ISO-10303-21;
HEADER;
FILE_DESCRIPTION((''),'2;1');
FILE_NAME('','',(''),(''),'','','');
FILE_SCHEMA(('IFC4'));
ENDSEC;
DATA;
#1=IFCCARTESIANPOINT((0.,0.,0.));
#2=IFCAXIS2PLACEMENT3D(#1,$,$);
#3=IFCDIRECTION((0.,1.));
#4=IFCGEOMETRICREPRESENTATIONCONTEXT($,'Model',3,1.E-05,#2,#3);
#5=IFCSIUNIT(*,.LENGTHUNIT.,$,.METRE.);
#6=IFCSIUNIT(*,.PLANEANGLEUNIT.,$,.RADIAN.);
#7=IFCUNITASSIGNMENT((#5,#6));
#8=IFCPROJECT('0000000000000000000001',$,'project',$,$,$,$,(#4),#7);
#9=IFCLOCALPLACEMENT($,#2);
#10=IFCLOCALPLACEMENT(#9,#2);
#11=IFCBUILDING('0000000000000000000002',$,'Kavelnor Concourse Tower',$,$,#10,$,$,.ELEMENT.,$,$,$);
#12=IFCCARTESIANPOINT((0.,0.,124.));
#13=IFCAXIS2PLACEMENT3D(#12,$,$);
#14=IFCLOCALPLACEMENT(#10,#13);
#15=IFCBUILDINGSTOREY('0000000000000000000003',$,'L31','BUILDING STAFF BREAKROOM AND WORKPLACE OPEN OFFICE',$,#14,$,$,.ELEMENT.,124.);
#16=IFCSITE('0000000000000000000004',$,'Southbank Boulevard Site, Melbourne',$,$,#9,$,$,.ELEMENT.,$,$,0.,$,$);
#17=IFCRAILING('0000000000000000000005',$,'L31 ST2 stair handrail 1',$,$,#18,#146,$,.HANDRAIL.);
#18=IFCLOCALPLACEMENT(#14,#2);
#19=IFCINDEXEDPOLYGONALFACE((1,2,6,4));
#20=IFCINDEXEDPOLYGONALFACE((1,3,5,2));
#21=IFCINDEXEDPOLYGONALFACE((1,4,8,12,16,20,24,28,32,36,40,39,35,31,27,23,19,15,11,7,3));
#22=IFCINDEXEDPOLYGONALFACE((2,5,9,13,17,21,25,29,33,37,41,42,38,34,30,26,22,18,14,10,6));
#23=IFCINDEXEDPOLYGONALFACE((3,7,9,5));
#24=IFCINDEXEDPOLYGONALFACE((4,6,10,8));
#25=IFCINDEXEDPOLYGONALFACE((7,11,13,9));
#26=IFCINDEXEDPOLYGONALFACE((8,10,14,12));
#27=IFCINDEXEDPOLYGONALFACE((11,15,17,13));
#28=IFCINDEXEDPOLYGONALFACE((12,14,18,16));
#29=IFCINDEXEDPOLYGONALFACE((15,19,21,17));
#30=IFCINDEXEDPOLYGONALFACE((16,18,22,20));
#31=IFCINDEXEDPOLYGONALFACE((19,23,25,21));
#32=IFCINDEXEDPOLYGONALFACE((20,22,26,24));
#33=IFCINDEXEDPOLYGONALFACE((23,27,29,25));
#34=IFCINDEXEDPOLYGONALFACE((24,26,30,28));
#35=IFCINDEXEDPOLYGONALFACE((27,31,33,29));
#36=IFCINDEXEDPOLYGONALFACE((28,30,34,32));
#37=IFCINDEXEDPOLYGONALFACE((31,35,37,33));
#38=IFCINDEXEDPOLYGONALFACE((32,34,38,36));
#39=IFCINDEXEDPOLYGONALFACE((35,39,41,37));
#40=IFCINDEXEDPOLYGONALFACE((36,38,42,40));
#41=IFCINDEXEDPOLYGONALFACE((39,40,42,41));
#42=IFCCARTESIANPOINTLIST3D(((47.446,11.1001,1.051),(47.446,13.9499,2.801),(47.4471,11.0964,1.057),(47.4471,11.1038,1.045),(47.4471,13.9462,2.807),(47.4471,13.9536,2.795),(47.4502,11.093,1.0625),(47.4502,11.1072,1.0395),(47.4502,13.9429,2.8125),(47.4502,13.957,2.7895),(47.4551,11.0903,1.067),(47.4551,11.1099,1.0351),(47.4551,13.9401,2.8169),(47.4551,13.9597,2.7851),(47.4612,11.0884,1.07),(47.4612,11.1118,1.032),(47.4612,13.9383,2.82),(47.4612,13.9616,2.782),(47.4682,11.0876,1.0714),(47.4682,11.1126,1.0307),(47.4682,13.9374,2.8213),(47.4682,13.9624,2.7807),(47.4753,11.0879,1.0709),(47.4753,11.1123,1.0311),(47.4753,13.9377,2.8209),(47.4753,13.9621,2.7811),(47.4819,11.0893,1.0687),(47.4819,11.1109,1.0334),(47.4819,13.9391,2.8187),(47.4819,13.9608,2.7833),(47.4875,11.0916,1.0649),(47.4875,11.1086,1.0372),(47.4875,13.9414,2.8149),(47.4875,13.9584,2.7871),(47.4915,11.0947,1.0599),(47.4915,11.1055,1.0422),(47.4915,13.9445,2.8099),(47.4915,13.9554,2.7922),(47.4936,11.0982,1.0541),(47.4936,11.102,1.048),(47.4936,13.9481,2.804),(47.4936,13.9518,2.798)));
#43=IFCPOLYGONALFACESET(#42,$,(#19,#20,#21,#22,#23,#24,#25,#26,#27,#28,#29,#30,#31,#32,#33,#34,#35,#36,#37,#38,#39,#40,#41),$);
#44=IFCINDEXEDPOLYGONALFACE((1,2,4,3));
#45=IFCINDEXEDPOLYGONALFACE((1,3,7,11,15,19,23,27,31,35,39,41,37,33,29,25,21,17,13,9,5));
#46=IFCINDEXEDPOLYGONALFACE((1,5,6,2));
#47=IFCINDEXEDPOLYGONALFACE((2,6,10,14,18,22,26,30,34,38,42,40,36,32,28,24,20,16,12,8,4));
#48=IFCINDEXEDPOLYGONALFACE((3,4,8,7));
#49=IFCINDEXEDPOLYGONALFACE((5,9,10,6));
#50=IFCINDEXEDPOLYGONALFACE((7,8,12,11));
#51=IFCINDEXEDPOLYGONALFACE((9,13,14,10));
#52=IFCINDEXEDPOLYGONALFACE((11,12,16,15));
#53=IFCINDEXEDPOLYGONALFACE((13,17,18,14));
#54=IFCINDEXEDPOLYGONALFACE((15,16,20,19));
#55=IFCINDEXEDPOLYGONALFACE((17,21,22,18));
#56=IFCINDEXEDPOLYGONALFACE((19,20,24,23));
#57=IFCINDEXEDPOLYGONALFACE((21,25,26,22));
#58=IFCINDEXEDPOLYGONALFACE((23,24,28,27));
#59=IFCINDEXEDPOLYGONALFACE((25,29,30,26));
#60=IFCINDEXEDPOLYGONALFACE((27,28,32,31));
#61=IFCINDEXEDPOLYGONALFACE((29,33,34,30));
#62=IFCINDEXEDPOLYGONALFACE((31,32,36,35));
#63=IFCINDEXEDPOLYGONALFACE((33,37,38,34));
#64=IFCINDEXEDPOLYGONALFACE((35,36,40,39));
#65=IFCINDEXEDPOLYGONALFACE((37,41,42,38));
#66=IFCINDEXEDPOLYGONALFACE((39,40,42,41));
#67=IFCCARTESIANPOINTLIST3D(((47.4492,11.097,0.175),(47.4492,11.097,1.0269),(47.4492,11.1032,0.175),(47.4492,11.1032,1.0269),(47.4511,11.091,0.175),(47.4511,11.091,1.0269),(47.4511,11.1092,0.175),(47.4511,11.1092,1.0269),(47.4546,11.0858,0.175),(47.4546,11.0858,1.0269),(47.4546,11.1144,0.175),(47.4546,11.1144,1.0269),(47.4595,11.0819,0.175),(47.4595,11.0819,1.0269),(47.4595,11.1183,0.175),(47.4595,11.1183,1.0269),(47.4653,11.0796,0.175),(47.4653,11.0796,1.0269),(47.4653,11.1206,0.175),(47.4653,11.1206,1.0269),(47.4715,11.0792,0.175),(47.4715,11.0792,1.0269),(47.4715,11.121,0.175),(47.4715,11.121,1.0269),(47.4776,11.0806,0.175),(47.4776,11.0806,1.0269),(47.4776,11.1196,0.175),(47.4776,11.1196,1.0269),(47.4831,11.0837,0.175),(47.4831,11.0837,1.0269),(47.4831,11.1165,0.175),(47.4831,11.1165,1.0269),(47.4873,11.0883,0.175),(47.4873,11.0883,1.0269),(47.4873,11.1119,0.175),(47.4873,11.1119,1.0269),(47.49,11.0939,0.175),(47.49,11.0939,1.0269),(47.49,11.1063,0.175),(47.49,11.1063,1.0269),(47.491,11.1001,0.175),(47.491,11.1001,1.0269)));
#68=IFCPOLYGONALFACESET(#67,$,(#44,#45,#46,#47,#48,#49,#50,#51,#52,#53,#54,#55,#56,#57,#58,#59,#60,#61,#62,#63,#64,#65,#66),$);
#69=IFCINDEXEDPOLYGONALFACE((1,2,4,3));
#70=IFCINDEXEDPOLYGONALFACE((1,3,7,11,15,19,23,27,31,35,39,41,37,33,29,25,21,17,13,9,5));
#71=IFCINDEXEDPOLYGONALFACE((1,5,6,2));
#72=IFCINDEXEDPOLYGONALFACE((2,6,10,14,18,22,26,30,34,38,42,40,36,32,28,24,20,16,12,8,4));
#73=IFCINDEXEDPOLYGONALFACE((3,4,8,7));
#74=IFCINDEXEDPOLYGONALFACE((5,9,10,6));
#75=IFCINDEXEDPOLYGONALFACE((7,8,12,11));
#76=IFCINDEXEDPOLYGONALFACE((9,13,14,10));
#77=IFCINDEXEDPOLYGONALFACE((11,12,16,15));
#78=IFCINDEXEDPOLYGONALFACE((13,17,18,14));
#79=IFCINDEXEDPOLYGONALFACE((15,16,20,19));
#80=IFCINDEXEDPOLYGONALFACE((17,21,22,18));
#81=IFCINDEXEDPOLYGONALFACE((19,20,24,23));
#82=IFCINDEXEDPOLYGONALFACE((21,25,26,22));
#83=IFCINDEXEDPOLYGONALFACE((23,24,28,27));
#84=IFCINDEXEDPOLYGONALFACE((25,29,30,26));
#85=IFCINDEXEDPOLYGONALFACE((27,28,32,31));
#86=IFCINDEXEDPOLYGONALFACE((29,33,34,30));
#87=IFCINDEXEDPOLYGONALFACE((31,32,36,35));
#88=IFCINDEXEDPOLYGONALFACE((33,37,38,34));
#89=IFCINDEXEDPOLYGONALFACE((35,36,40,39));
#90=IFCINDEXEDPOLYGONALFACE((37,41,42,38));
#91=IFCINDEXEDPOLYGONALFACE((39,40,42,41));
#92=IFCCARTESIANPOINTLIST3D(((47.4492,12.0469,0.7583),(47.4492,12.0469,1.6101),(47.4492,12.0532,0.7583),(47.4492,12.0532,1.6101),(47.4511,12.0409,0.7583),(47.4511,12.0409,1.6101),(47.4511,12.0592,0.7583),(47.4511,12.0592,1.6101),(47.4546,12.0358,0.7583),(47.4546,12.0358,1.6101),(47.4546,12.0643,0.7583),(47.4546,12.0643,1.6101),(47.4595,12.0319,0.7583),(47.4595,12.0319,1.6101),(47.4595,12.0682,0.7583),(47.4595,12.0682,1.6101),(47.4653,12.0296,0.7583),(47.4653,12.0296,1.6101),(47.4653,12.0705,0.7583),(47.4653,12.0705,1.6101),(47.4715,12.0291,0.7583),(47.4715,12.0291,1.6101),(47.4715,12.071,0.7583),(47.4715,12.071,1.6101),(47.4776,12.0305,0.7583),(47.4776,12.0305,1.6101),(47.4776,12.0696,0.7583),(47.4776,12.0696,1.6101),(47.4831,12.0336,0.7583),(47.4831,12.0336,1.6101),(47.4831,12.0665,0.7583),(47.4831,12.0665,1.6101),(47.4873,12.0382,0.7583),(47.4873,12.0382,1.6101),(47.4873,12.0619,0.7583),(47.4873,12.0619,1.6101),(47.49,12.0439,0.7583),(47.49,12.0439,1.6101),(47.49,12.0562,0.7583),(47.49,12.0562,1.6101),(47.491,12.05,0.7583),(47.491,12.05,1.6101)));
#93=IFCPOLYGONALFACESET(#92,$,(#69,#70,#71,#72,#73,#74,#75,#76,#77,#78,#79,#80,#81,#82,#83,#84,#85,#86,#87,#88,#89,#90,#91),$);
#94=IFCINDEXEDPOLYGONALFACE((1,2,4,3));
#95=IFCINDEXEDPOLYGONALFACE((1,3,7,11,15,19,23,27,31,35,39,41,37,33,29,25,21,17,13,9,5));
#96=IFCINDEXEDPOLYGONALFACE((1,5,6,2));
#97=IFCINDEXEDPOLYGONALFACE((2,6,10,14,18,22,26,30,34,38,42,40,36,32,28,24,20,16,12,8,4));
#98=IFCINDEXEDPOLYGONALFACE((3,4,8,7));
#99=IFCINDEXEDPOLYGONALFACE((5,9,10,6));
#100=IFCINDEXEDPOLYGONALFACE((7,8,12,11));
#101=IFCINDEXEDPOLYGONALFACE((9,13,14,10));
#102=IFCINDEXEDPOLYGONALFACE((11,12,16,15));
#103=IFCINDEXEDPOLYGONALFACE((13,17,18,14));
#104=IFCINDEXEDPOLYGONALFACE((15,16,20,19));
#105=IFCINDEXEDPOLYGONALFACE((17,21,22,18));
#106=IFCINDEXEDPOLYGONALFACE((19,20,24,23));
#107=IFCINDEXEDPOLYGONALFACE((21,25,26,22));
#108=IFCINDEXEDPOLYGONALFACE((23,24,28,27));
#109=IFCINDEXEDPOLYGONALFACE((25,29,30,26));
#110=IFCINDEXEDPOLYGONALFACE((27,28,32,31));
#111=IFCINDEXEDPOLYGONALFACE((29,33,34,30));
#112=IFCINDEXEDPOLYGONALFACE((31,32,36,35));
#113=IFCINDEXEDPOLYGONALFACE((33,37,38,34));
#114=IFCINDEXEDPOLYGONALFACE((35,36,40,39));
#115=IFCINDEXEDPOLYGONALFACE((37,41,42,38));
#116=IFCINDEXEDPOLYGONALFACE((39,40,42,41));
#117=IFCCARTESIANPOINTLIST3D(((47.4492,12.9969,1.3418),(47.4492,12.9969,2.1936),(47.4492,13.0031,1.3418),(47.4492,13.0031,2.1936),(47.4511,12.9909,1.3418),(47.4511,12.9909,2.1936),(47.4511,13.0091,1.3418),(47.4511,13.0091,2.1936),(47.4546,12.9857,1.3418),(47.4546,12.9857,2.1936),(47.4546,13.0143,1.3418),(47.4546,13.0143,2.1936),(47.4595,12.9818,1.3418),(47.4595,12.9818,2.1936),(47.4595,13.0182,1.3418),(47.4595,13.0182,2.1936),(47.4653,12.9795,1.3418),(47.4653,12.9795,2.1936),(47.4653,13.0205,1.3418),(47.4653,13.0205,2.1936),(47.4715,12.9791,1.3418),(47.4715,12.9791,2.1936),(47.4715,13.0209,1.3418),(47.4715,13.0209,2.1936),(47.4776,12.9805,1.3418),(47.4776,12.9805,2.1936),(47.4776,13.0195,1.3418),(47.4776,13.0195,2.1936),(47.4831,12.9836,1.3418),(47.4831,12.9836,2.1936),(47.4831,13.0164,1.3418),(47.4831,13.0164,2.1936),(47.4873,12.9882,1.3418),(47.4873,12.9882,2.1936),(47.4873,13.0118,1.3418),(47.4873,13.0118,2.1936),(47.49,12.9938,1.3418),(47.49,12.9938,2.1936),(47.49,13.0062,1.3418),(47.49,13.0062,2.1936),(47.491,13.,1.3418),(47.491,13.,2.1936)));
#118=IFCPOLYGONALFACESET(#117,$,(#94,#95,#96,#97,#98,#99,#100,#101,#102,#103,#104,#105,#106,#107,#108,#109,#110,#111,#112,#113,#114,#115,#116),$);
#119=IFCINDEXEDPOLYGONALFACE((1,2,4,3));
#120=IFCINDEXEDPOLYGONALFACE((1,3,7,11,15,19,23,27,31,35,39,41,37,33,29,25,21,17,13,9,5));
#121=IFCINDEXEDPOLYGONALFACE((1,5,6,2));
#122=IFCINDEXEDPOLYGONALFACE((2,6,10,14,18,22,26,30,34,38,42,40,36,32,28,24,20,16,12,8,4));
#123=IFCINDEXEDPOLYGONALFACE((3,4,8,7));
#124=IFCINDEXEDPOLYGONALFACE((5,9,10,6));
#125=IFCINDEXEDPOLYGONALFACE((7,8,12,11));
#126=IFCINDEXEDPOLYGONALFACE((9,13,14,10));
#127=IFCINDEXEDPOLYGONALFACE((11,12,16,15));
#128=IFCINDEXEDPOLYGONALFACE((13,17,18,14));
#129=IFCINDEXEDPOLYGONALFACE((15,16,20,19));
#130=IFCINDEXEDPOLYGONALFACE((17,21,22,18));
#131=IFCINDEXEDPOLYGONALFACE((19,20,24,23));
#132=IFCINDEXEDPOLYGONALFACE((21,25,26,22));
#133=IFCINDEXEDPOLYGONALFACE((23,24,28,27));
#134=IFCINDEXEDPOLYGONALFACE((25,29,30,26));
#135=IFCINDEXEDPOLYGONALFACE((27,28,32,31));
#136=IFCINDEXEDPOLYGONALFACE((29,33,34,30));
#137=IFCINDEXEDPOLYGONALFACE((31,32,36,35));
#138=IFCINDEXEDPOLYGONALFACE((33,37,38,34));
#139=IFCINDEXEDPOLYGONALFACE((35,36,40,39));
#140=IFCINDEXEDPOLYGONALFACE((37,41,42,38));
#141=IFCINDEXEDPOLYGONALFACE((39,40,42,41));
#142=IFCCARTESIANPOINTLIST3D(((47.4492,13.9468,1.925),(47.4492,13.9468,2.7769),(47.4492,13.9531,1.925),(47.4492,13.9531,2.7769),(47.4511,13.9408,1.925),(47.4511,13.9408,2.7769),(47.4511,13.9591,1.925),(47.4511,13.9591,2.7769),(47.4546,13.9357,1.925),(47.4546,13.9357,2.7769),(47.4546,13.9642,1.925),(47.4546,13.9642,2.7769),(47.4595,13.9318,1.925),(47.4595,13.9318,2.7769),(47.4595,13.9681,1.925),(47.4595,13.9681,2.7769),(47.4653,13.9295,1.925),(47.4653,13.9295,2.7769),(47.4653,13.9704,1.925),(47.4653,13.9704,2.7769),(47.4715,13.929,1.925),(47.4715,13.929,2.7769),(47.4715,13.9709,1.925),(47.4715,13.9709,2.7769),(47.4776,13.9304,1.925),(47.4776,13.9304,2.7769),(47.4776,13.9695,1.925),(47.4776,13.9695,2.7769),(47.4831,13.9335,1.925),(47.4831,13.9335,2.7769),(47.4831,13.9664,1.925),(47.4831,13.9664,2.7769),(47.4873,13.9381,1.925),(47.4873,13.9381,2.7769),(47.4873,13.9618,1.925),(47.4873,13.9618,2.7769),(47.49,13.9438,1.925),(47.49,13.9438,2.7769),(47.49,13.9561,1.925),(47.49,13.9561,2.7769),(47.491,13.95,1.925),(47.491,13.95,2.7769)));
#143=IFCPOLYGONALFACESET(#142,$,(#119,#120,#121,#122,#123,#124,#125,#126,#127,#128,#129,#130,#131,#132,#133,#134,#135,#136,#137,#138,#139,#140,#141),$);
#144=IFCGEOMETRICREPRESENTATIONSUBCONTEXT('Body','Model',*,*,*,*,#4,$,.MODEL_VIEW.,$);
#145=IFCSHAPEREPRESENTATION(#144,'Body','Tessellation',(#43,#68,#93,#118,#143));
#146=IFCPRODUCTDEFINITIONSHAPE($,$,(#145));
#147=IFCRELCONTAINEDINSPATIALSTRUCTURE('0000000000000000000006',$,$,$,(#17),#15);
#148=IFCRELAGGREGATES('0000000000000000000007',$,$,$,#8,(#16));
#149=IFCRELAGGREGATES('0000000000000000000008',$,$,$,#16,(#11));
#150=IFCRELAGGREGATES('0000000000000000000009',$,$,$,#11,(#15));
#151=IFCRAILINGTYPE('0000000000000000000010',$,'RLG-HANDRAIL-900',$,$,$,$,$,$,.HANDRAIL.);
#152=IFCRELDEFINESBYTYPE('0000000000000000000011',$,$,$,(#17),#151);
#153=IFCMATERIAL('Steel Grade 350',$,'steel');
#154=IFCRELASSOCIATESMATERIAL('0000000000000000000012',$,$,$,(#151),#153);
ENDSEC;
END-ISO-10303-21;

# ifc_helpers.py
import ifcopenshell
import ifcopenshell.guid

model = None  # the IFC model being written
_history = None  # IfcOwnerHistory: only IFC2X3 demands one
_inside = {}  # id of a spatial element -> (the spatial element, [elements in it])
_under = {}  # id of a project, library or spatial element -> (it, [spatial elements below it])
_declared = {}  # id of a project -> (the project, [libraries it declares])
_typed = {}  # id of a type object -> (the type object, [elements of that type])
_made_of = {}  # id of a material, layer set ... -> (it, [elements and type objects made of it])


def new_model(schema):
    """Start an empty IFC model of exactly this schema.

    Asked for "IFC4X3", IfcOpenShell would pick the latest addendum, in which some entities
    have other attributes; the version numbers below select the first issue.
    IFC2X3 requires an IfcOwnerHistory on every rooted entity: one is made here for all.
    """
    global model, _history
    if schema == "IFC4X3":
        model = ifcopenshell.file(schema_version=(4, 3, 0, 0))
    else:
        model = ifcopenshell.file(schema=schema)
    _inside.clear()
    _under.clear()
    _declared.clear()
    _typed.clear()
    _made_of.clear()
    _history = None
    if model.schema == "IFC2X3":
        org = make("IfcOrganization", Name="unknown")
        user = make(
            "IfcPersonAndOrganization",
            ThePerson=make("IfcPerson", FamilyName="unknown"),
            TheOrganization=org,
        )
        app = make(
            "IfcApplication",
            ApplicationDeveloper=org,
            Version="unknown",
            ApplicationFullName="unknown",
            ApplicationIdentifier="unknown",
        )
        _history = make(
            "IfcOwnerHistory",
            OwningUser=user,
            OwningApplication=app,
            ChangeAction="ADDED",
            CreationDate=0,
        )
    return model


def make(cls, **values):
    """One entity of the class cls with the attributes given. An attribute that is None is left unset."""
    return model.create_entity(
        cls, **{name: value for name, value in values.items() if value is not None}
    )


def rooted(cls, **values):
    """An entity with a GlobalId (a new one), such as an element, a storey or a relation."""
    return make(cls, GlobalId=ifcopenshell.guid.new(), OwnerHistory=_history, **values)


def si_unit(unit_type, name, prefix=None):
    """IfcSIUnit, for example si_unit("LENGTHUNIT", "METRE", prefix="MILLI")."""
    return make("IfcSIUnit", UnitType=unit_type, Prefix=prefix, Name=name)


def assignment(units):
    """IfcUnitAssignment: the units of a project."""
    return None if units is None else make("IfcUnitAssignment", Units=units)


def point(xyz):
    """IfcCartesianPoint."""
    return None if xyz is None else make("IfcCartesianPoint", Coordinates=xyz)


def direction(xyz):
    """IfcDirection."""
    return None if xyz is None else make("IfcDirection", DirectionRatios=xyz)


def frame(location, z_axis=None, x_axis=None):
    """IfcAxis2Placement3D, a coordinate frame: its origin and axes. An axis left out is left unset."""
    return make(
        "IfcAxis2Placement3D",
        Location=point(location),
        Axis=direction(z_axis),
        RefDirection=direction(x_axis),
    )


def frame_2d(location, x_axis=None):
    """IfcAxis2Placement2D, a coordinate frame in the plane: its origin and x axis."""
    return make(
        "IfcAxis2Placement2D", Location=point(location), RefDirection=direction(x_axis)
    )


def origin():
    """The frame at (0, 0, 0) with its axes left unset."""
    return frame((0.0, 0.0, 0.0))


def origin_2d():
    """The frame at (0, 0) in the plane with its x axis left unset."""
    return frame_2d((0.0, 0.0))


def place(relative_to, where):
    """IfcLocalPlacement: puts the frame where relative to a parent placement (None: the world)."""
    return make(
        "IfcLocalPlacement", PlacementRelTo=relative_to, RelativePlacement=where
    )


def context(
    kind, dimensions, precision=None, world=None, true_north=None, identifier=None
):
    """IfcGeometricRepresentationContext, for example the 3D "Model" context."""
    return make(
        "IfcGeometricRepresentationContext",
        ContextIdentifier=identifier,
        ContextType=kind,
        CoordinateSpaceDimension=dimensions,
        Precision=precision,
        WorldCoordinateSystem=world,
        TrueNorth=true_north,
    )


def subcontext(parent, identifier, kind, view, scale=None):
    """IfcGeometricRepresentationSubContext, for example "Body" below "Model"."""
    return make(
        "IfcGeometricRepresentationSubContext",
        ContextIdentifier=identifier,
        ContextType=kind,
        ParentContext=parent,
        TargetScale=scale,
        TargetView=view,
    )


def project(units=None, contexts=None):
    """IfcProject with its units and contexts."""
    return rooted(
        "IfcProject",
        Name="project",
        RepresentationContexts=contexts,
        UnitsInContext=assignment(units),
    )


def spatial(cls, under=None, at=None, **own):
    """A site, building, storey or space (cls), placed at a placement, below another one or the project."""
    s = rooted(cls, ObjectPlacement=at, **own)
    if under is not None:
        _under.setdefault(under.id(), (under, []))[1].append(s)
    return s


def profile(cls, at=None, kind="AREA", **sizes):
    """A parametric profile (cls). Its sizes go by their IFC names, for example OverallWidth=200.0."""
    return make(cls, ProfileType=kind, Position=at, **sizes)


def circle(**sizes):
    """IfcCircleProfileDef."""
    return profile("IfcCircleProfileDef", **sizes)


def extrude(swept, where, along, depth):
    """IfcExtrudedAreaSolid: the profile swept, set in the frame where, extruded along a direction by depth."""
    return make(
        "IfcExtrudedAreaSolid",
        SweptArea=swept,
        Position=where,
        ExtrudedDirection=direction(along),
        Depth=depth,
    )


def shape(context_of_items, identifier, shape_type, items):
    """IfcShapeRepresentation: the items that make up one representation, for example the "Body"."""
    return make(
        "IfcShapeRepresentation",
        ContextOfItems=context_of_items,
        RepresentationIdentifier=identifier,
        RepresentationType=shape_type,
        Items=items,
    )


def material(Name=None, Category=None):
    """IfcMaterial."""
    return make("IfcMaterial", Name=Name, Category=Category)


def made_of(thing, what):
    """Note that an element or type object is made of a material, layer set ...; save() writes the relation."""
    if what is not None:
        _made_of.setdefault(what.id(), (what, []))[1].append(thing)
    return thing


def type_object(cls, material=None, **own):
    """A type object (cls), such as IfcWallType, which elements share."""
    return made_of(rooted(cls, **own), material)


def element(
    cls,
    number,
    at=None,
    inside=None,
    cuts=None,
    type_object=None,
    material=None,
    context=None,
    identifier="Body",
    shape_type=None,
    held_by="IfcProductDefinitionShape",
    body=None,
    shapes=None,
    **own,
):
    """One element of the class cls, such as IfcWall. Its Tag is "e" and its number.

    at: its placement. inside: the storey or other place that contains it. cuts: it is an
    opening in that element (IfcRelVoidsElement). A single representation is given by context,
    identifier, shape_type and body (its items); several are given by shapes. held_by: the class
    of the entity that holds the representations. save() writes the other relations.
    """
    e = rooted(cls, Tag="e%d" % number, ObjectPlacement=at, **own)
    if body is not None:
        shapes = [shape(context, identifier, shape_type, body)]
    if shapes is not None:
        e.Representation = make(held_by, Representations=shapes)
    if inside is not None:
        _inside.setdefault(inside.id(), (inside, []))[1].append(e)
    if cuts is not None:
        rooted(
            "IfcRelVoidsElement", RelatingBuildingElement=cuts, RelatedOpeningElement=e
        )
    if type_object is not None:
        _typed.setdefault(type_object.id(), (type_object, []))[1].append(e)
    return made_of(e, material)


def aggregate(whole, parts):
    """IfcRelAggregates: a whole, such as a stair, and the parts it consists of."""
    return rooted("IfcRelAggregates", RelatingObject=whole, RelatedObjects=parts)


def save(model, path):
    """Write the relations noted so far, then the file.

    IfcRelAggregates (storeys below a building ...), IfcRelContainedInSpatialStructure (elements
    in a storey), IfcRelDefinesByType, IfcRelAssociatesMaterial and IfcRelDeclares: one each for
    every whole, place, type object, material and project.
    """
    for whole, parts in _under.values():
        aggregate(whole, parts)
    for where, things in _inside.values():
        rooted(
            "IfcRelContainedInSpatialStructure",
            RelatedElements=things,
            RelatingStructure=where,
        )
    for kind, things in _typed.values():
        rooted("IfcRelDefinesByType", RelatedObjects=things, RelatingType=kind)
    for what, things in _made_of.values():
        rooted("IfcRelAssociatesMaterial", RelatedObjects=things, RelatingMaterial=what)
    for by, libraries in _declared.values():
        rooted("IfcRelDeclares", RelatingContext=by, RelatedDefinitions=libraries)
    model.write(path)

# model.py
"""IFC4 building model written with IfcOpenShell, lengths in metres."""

from ifc_helpers import new_model, si_unit, direction, frame, origin, origin_2d, place, context, subcontext, project, spatial, circle, extrude, material, type_object, element, save


model = new_model("IFC4")

# Units and contexts
model_context = context("Model", 3, precision=1e-05, world=origin(), true_north=direction((0.0, 1.0)))
body_context = subcontext(model_context, "Body", "Model", "MODEL_VIEW")
ifc_project = project(units=[si_unit("LENGTHUNIT", "METRE"), si_unit("PLANEANGLEUNIT", "RADIAN")], contexts=[model_context])

# Site, building, storey
site_placement = place(None, origin())
site = spatial("IfcSite", under=ifc_project, at=site_placement, Name="Southbank Boulevard Site, Melbourne", CompositionType="ELEMENT", RefElevation=0.0)
building_placement = place(site_placement, origin())
building = spatial("IfcBuilding", under=site, at=building_placement, Name="Kavelnor Concourse Tower", CompositionType="ELEMENT")
storey_placement = place(building_placement, frame((0.0, 0.0, 124.0)))
storey = spatial("IfcBuildingStorey", under=building, at=storey_placement, Name="L31", Description="BUILDING STAFF BREAKROOM AND WORKPLACE OPEN OFFICE", CompositionType="ELEMENT", Elevation=124.0)

# Shared definitions
ifc_material_1 = material(Name="Steel Grade 350", Category="steel")

# Railing
railing_type_1 = type_object("IfcRailingType", Name="RLG-HANDRAIL-900", PredefinedType="HANDRAIL", material=ifc_material_1)
railing_1_placement = place(storey_placement, frame((47.47, 11.1001, 0.175)))
element("IfcRailing", 1, at=railing_1_placement, inside=storey, type_object=railing_type_1, Name="L31 ST2 stair handrail 1", PredefinedType="HANDRAIL", context=body_context, shape_type="SweptSolid", body=[
    extrude(circle(Radius=0.0239, at=origin_2d()), frame((0.0, 0.0, 0.876), z_axis=(0.0, 0.852159, 0.523283), x_axis=(-1.0, 0.0, 0.0)), (0.0, 0.0, 1.0), 3.3442),
    extrude(circle(Radius=0.021, at=origin_2d()), origin(), (0.0, 0.0, 1.0), 0.8518),
    extrude(circle(Radius=0.021, at=origin_2d()), frame((0.0, 0.95, 0.5833)), (0.0, 0.0, 1.0), 0.8518),
    extrude(circle(Radius=0.021, at=origin_2d()), frame((0.0, 1.8999, 1.1667)), (0.0, 0.0, 1.0), 0.8518),
    extrude(circle(Radius=0.021, at=origin_2d()), frame((0.0, 2.8499, 1.75)), (0.0, 0.0, 1.0), 0.8518),
])

save(model, "model.ifc")
